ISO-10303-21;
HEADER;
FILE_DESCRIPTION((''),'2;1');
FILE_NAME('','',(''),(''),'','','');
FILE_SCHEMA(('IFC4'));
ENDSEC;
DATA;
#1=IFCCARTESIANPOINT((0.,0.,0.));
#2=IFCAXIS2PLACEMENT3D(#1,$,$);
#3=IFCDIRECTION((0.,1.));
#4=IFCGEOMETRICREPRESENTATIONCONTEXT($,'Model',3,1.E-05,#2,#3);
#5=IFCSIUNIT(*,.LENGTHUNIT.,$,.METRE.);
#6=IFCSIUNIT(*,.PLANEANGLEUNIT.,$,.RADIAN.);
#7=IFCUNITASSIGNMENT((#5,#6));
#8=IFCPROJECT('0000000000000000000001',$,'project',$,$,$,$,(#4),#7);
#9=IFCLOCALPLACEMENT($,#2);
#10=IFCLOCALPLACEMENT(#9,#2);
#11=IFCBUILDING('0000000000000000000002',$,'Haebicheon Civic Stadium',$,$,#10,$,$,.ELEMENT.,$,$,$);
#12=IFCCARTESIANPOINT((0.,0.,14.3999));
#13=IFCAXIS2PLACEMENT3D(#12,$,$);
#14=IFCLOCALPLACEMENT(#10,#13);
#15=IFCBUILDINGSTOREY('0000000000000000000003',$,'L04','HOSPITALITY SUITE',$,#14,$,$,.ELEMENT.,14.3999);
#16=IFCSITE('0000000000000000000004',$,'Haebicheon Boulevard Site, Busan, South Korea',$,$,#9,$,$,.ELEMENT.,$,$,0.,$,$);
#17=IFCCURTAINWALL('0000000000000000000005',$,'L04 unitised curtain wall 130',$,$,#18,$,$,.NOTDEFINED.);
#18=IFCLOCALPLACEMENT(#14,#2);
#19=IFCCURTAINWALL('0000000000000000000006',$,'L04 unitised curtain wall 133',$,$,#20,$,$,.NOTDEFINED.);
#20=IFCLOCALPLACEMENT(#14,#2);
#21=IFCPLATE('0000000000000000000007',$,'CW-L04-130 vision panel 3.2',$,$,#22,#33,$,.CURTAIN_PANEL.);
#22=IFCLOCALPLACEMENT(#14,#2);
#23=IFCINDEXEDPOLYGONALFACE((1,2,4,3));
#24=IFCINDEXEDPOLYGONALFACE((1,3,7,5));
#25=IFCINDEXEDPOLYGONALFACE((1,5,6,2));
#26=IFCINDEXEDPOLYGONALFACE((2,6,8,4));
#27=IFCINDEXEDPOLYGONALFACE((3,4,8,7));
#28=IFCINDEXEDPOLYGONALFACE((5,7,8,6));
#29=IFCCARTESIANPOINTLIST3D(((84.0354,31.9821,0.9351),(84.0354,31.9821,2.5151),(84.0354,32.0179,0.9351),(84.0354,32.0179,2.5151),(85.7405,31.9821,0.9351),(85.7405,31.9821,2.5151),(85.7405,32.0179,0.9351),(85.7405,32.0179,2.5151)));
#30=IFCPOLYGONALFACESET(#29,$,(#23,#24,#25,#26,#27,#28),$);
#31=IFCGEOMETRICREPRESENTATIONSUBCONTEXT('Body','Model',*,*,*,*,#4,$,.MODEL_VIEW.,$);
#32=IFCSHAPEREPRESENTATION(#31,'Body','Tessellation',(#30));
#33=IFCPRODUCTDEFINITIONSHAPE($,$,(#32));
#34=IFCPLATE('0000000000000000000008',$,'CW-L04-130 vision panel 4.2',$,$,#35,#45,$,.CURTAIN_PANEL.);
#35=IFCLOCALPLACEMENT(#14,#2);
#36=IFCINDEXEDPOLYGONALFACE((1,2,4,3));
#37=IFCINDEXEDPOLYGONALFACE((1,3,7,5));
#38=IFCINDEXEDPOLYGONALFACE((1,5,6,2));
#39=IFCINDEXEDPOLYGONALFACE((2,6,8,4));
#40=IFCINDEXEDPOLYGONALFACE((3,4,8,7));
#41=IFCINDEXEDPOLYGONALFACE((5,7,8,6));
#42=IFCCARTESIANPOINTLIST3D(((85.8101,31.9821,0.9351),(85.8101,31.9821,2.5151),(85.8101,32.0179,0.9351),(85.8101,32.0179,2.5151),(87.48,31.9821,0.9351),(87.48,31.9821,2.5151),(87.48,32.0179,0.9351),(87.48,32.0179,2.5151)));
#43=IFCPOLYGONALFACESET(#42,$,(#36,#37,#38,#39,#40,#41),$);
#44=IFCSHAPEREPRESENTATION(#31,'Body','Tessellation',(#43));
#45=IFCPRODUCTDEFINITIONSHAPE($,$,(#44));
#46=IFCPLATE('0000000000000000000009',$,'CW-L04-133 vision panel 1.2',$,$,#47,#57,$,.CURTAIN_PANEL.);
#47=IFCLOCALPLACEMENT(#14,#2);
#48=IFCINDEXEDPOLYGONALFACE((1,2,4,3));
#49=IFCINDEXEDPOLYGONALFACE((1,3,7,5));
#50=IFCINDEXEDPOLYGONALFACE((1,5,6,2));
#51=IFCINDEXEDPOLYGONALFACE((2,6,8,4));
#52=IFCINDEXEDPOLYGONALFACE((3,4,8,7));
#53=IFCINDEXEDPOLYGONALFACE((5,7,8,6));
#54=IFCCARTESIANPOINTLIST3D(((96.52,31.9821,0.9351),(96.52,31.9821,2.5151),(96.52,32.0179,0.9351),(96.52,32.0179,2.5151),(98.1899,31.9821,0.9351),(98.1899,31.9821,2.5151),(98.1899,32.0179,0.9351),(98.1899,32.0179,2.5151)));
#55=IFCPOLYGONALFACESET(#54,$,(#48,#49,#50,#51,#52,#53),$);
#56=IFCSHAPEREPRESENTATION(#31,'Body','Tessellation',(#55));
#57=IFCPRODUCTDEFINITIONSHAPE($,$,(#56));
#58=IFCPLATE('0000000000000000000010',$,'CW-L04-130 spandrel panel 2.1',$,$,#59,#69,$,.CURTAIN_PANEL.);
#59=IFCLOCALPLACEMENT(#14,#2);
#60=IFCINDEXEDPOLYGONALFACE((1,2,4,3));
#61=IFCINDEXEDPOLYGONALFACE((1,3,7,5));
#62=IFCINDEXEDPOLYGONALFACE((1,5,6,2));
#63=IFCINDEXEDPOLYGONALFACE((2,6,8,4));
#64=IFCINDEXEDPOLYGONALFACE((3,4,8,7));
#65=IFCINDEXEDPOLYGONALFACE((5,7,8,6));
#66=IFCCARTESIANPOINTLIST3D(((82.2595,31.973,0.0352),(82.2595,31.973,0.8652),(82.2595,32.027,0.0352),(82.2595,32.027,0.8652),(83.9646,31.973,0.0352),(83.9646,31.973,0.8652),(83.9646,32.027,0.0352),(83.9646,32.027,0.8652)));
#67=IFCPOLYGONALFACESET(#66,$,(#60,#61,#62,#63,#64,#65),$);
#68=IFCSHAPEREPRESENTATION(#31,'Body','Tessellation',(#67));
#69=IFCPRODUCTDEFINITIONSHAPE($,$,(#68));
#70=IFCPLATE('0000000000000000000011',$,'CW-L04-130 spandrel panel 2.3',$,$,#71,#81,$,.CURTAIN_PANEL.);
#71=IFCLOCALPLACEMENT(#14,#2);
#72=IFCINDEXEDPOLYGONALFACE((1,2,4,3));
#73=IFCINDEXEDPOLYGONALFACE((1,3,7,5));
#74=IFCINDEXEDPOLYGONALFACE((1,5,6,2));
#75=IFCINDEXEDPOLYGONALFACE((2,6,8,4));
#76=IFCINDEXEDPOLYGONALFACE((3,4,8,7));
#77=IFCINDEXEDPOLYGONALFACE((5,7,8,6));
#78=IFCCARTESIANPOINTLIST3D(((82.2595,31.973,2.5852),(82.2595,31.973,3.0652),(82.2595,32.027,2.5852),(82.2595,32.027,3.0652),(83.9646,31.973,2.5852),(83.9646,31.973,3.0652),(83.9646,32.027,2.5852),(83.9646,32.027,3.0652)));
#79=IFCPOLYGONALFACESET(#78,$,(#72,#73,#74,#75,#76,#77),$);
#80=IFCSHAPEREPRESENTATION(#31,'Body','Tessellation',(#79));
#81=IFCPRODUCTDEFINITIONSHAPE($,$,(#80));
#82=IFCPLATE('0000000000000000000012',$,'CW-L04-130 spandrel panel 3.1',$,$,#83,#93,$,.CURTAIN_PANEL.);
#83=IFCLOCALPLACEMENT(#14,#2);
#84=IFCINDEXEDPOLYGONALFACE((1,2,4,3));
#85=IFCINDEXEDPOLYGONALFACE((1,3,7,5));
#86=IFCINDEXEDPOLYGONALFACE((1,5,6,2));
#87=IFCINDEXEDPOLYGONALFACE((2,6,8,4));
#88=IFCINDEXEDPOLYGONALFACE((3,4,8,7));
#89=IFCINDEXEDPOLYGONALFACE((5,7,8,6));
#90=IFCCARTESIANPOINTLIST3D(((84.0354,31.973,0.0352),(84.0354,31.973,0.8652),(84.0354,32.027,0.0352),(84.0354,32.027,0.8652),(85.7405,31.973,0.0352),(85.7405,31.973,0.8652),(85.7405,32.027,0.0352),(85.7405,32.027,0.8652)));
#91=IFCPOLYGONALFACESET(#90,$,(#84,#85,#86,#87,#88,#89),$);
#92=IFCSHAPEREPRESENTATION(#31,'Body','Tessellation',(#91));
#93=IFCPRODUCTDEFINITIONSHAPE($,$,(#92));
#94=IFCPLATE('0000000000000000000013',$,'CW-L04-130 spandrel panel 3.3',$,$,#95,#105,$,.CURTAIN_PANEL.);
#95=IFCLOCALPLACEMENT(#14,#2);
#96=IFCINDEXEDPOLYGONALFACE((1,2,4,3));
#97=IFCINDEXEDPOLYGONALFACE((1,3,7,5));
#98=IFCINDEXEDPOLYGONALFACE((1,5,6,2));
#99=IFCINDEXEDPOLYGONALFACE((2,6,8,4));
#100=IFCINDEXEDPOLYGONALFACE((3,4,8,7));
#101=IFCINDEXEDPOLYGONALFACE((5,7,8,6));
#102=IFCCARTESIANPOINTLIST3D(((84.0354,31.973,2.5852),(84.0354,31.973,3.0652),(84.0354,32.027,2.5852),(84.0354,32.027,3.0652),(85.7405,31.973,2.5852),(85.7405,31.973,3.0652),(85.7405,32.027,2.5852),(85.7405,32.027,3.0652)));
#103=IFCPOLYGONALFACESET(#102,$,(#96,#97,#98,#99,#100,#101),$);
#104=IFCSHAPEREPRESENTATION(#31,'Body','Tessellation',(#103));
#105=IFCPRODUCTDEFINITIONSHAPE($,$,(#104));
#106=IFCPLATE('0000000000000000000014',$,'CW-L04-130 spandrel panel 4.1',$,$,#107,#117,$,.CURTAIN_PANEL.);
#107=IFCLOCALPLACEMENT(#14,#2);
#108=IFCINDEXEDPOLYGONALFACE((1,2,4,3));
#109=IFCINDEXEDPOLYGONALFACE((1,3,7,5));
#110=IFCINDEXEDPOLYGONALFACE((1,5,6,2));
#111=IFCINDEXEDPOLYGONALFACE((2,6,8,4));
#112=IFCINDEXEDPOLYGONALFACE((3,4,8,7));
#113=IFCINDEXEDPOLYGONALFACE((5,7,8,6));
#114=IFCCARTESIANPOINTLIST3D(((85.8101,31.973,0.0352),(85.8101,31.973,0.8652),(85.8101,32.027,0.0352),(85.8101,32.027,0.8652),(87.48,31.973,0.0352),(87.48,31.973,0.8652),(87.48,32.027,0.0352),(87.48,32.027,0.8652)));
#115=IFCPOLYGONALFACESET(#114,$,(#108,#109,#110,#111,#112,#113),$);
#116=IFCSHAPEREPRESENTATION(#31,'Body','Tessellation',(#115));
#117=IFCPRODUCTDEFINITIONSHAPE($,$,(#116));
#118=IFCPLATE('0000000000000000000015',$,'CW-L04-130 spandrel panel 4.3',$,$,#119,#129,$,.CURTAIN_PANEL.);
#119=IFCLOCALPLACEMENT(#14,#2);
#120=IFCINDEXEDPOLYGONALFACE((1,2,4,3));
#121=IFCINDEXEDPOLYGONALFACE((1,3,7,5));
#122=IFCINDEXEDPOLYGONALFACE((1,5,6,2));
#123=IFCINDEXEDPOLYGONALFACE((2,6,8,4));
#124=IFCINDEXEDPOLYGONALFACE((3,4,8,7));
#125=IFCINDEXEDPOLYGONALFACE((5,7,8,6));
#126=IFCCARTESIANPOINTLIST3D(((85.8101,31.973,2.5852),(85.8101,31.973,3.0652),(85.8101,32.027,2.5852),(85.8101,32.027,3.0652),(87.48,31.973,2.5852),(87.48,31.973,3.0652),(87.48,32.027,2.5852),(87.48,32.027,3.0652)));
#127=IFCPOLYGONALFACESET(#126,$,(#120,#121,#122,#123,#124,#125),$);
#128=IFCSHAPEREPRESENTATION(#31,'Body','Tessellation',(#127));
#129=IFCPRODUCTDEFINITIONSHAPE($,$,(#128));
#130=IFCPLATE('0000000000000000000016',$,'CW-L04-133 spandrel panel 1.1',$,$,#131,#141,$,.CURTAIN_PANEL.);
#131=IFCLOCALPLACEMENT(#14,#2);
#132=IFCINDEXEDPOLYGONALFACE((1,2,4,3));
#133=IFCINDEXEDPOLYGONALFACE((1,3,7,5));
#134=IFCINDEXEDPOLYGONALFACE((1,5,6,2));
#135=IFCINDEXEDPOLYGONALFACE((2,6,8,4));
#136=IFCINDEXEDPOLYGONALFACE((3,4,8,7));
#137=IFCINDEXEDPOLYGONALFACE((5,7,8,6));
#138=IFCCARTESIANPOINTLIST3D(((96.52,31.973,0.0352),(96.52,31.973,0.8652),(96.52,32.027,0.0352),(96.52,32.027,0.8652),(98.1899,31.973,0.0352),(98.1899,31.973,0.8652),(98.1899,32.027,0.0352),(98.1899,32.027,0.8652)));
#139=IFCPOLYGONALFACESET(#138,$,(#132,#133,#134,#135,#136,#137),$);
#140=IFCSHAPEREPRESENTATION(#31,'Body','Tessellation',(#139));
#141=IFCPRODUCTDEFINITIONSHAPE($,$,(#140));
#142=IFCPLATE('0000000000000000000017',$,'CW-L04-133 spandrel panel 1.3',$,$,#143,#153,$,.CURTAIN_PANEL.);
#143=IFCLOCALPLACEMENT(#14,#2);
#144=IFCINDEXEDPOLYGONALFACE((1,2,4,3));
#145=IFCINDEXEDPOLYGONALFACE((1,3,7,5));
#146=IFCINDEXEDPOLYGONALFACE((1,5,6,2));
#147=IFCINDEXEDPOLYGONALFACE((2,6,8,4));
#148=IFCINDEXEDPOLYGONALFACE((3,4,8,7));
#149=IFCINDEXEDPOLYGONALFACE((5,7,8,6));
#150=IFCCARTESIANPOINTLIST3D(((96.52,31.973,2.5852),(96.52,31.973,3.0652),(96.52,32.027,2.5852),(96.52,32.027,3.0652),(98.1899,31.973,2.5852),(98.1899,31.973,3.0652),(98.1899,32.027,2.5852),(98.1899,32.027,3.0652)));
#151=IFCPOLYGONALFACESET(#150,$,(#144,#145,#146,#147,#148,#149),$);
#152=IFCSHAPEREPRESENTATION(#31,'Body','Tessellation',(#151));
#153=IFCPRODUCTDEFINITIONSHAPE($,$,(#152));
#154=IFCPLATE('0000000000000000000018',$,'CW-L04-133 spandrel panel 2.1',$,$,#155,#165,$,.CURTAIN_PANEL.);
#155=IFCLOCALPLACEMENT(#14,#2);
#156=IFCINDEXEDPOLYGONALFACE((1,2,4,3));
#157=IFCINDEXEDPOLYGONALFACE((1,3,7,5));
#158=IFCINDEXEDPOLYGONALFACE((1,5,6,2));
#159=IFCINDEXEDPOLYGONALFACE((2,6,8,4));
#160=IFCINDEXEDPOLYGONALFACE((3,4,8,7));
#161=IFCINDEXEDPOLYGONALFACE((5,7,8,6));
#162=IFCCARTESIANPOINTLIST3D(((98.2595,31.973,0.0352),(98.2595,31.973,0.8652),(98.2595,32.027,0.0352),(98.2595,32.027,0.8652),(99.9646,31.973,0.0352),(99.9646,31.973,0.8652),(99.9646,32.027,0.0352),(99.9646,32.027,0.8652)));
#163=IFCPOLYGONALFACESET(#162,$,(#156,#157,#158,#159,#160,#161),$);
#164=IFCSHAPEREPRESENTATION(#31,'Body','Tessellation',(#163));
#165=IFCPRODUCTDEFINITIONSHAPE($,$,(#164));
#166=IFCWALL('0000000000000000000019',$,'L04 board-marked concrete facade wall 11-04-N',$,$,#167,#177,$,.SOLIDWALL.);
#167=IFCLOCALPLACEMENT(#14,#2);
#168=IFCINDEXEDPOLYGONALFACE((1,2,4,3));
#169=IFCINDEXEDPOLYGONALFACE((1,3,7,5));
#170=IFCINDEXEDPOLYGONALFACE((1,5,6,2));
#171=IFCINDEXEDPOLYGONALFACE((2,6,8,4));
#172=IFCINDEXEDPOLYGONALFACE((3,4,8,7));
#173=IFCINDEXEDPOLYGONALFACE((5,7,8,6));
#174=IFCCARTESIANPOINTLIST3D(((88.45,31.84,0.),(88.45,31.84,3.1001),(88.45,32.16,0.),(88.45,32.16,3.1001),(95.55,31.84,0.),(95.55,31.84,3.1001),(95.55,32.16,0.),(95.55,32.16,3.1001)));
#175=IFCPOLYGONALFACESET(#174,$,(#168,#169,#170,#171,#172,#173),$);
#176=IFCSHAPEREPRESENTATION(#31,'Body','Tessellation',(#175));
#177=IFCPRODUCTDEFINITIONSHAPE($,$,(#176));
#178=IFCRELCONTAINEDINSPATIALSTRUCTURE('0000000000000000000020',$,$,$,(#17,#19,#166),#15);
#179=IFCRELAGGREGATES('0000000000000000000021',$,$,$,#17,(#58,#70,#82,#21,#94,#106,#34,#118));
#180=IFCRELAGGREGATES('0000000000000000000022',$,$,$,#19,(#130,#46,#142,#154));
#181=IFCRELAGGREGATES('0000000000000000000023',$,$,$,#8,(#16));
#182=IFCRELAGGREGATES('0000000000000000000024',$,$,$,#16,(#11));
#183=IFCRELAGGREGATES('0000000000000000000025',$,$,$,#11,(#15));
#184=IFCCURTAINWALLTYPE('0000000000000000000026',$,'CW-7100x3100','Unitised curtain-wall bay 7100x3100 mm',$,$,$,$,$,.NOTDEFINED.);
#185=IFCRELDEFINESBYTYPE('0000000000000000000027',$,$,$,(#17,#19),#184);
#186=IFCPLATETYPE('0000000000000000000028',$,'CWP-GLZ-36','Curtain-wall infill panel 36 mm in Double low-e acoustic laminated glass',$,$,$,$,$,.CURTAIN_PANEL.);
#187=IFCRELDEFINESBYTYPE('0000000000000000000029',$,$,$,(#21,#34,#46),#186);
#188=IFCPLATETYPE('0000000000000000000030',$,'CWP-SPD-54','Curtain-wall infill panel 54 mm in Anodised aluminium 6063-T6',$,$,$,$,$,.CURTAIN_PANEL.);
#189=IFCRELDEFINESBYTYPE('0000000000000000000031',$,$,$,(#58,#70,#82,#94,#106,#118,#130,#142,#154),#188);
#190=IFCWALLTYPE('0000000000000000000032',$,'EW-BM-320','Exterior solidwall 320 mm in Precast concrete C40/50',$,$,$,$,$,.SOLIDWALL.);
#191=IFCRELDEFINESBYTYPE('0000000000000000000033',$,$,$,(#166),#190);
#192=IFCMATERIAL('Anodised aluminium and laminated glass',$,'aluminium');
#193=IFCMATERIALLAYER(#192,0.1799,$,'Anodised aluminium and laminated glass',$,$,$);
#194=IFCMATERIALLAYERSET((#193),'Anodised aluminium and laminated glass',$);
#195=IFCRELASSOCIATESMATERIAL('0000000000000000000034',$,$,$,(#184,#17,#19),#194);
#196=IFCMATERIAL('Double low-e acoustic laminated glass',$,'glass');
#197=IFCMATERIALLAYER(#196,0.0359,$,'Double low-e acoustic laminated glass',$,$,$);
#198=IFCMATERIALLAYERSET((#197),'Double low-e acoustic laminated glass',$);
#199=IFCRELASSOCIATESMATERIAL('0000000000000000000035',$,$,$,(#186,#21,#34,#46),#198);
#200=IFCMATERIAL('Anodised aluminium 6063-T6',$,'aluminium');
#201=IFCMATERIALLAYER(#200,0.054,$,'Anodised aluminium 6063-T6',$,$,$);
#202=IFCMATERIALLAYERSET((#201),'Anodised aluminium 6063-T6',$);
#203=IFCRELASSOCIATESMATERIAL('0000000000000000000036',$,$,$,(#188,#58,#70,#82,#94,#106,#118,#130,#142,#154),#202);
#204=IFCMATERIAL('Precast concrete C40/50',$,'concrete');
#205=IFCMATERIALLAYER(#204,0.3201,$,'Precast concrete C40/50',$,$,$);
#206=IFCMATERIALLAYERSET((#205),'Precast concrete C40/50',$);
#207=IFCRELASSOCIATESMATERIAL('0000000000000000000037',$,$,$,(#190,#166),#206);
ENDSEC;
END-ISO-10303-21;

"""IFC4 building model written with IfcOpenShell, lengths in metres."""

from ifc_helpers import new_model, si_unit, direction, frame, frame_2d, origin, origin_2d, place, context, subcontext, project, spatial, rectangle, extrude, material, layer, layer_set, type_object, element, aggregate, save


model = new_model("IFC4")

# Units and contexts
model_context = context("Model", 3, precision=1e-05, world=origin(), true_north=direction((0.0, 1.0)))
body_context = subcontext(model_context, "Body", "Model", "MODEL_VIEW")
ifc_project = project(units=[si_unit("LENGTHUNIT", "METRE"), si_unit("PLANEANGLEUNIT", "RADIAN")], contexts=[model_context])

# Site, building, storey
site_placement = place(None, origin())
site = spatial("IfcSite", under=ifc_project, at=site_placement, Name="Haebicheon Boulevard Site, Busan, South Korea", CompositionType="ELEMENT", RefElevation=0.0)
building_placement = place(site_placement, origin())
building = spatial("IfcBuilding", under=site, at=building_placement, Name="Haebicheon Civic Stadium", CompositionType="ELEMENT")
storey_placement = place(building_placement, frame((0.0, 0.0, 14.3999)))
storey = spatial("IfcBuildingStorey", under=building, at=storey_placement, Name="L04", Description="HOSPITALITY SUITE", CompositionType="ELEMENT", Elevation=14.3999)

# Curtain walls
ifc_material_1 = material(Name="Anodised aluminium and laminated glass", Category="aluminium")
ifc_layer_1 = layer(ifc_material_1, 0.1799, Name="Anodised aluminium and laminated glass")
ifc_layer_set_1 = layer_set([ifc_layer_1], Name="Anodised aluminium and laminated glass")
curtain_wall_type = type_object("IfcCurtainWallType", Name="CW-7100x3100", Description="Unitised curtain-wall bay 7100x3100 mm", PredefinedType="NOTDEFINED", material=ifc_layer_set_1)
curtain_wall_1_placement = place(storey_placement, origin())
curtain_wall_1 = element("IfcCurtainWall", 1, at=curtain_wall_1_placement, inside=storey, type_object=curtain_wall_type, material=ifc_layer_set_1, Name="L04 unitised curtain wall 130", PredefinedType="NOTDEFINED")
curtain_wall_2_placement = place(storey_placement, origin())
curtain_wall_2 = element("IfcCurtainWall", 2, at=curtain_wall_2_placement, inside=storey, type_object=curtain_wall_type, material=ifc_layer_set_1, Name="L04 unitised curtain wall 133", PredefinedType="NOTDEFINED")

# Plates
ifc_material_2 = material(Name="Double low-e acoustic laminated glass", Category="glass")
ifc_layer_2 = layer(ifc_material_2, 0.0359, Name="Double low-e acoustic laminated glass")
ifc_layer_set_2 = layer_set([ifc_layer_2], Name="Double low-e acoustic laminated glass")
plate_type_1 = type_object("IfcPlateType", Name="CWP-GLZ-36", Description="Curtain-wall infill panel 36 mm in Double low-e acoustic laminated glass", PredefinedType="CURTAIN_PANEL", material=ifc_layer_set_2)
plate_1_placement = place(storey_placement, frame((84.8879, 32.0, 0.9351), z_axis=(0.0, 0.0, 1.0), x_axis=(1.0, 0.0, 0.0)))
plate_1 = element("IfcPlate", 3, at=plate_1_placement, type_object=plate_type_1, material=ifc_layer_set_2, Name="CW-L04-130 vision panel 3.2", PredefinedType="CURTAIN_PANEL", context=body_context, shape_type="SweptSolid", body=[
    extrude(rectangle(XDim=1.7051, YDim=0.0359, at=origin_2d()), origin(), (0.0, 0.0, 1.0), 1.5801),
])
plate_2_placement = place(storey_placement, frame((86.645, 32.0, 0.9351), z_axis=(0.0, 0.0, 1.0), x_axis=(1.0, 0.0, 0.0)))
plate_2 = element("IfcPlate", 4, at=plate_2_placement, type_object=plate_type_1, material=ifc_layer_set_2, Name="CW-L04-130 vision panel 4.2", PredefinedType="CURTAIN_PANEL", context=body_context, shape_type="SweptSolid", body=[
    extrude(rectangle(XDim=1.6699, YDim=0.0359, at=origin_2d()), origin(), (0.0, 0.0, 1.0), 1.5801),
])
plate_3_placement = place(storey_placement, frame((97.355, 32.0, 0.9351), z_axis=(0.0, 0.0, 1.0), x_axis=(1.0, 0.0, 0.0)))
plate_3 = element("IfcPlate", 5, at=plate_3_placement, type_object=plate_type_1, material=ifc_layer_set_2, Name="CW-L04-133 vision panel 1.2", PredefinedType="CURTAIN_PANEL", context=body_context, shape_type="SweptSolid", body=[
    extrude(rectangle(XDim=1.6699, YDim=0.0359, at=origin_2d()), origin(), (0.0, 0.0, 1.0), 1.5801),
])
ifc_material_3 = material(Name="Anodised aluminium 6063-T6", Category="aluminium")
ifc_layer_3 = layer(ifc_material_3, 0.054, Name="Anodised aluminium 6063-T6")
ifc_layer_set_3 = layer_set([ifc_layer_3], Name="Anodised aluminium 6063-T6")
plate_type_2 = type_object("IfcPlateType", Name="CWP-SPD-54", Description="Curtain-wall infill panel 54 mm in Anodised aluminium 6063-T6", PredefinedType="CURTAIN_PANEL", material=ifc_layer_set_3)
plate_4_placement = place(storey_placement, frame((83.1121, 32.0, 0.0352), z_axis=(0.0, 0.0, 1.0), x_axis=(1.0, 0.0, 0.0)))
plate_4 = element("IfcPlate", 6, at=plate_4_placement, type_object=plate_type_2, material=ifc_layer_set_3, Name="CW-L04-130 spandrel panel 2.1", PredefinedType="CURTAIN_PANEL", context=body_context, shape_type="SweptSolid", body=[
    extrude(rectangle(XDim=1.7051, YDim=0.054, at=origin_2d()), origin(), (0.0, 0.0, 1.0), 0.8301),
])
plate_5_placement = place(storey_placement, frame((83.1121, 32.0, 2.5852), z_axis=(0.0, 0.0, 1.0), x_axis=(1.0, 0.0, 0.0)))
plate_5 = element("IfcPlate", 7, at=plate_5_placement, type_object=plate_type_2, material=ifc_layer_set_3, Name="CW-L04-130 spandrel panel 2.3", PredefinedType="CURTAIN_PANEL", context=body_context, shape_type="SweptSolid", body=[
    extrude(rectangle(XDim=1.7051, YDim=0.054, at=origin_2d()), origin(), (0.0, 0.0, 1.0), 0.48),
])
plate_6_placement = place(storey_placement, frame((84.8879, 32.0, 0.0352), z_axis=(0.0, 0.0, 1.0), x_axis=(1.0, 0.0, 0.0)))
plate_6 = element("IfcPlate", 8, at=plate_6_placement, type_object=plate_type_2, material=ifc_layer_set_3, Name="CW-L04-130 spandrel panel 3.1", PredefinedType="CURTAIN_PANEL", context=body_context, shape_type="SweptSolid", body=[
    extrude(rectangle(XDim=1.7051, YDim=0.054, at=origin_2d()), origin(), (0.0, 0.0, 1.0), 0.8301),
])
plate_7_placement = place(storey_placement, frame((84.8879, 32.0, 2.5852), z_axis=(0.0, 0.0, 1.0), x_axis=(1.0, 0.0, 0.0)))
plate_7 = element("IfcPlate", 9, at=plate_7_placement, type_object=plate_type_2, material=ifc_layer_set_3, Name="CW-L04-130 spandrel panel 3.3", PredefinedType="CURTAIN_PANEL", context=body_context, shape_type="SweptSolid", body=[
    extrude(rectangle(XDim=1.7051, YDim=0.054, at=origin_2d()), origin(), (0.0, 0.0, 1.0), 0.48),
])
plate_8_placement = place(storey_placement, frame((86.645, 32.0, 0.0352), z_axis=(0.0, 0.0, 1.0), x_axis=(1.0, 0.0, 0.0)))
plate_8 = element("IfcPlate", 10, at=plate_8_placement, type_object=plate_type_2, material=ifc_layer_set_3, Name="CW-L04-130 spandrel panel 4.1", PredefinedType="CURTAIN_PANEL", context=body_context, shape_type="SweptSolid", body=[
    extrude(rectangle(XDim=1.6699, YDim=0.054, at=origin_2d()), origin(), (0.0, 0.0, 1.0), 0.8301),
])
plate_9_placement = place(storey_placement, frame((86.645, 32.0, 2.5852), z_axis=(0.0, 0.0, 1.0), x_axis=(1.0, 0.0, 0.0)))
plate_9 = element("IfcPlate", 11, at=plate_9_placement, type_object=plate_type_2, material=ifc_layer_set_3, Name="CW-L04-130 spandrel panel 4.3", PredefinedType="CURTAIN_PANEL", context=body_context, shape_type="SweptSolid", body=[
    extrude(rectangle(XDim=1.6699, YDim=0.054, at=origin_2d()), origin(), (0.0, 0.0, 1.0), 0.48),
])
aggregate(curtain_wall_1, [plate_4, plate_5, plate_6, plate_1, plate_7, plate_8, plate_2, plate_9])
plate_10_placement = place(storey_placement, frame((97.355, 32.0, 0.0352), z_axis=(0.0, 0.0, 1.0), x_axis=(1.0, 0.0, 0.0)))
plate_10 = element("IfcPlate", 12, at=plate_10_placement, type_object=plate_type_2, material=ifc_layer_set_3, Name="CW-L04-133 spandrel panel 1.1", PredefinedType="CURTAIN_PANEL", context=body_context, shape_type="SweptSolid", body=[
    extrude(rectangle(XDim=1.6699, YDim=0.054, at=origin_2d()), origin(), (0.0, 0.0, 1.0), 0.8301),
])
plate_11_placement = place(storey_placement, frame((97.355, 32.0, 2.5852), z_axis=(0.0, 0.0, 1.0), x_axis=(1.0, 0.0, 0.0)))
plate_11 = element("IfcPlate", 13, at=plate_11_placement, type_object=plate_type_2, material=ifc_layer_set_3, Name="CW-L04-133 spandrel panel 1.3", PredefinedType="CURTAIN_PANEL", context=body_context, shape_type="SweptSolid", body=[
    extrude(rectangle(XDim=1.6699, YDim=0.054, at=origin_2d()), origin(), (0.0, 0.0, 1.0), 0.48),
])
plate_12_placement = place(storey_placement, frame((99.1121, 32.0, 0.0352), z_axis=(0.0, 0.0, 1.0), x_axis=(1.0, 0.0, 0.0)))
plate_12 = element("IfcPlate", 14, at=plate_12_placement, type_object=plate_type_2, material=ifc_layer_set_3, Name="CW-L04-133 spandrel panel 2.1", PredefinedType="CURTAIN_PANEL", context=body_context, shape_type="SweptSolid", body=[
    extrude(rectangle(XDim=1.7051, YDim=0.054, at=origin_2d()), origin(), (0.0, 0.0, 1.0), 0.8301),
])
aggregate(curtain_wall_2, [plate_10, plate_3, plate_11, plate_12])

# Wall
ifc_material_4 = material(Name="Precast concrete C40/50", Category="concrete")
ifc_layer_4 = layer(ifc_material_4, 0.3201, Name="Precast concrete C40/50")
ifc_layer_set_4 = layer_set([ifc_layer_4], Name="Precast concrete C40/50")
wall_type = type_object("IfcWallType", Name="EW-BM-320", Description="Exterior solidwall 320 mm in Precast concrete C40/50", PredefinedType="SOLIDWALL", material=ifc_layer_set_4)
wall_placement = place(storey_placement, frame((88.45, 32.0, 0.0), z_axis=(0.0, 0.0, 1.0), x_axis=(1.0, 0.0, 0.0)))
element("IfcWall", 15, at=wall_placement, inside=storey, type_object=wall_type, material=ifc_layer_set_4, Name="L04 board-marked concrete facade wall 11-04-N", PredefinedType="SOLIDWALL", context=body_context, shape_type="SweptSolid", body=[
    extrude(rectangle(XDim=7.1001, YDim=0.3201, at=frame_2d((3.55, 0.0))), origin(), (0.0, 0.0, 1.0), 3.1001),
])

save(model, "model.ifc")
